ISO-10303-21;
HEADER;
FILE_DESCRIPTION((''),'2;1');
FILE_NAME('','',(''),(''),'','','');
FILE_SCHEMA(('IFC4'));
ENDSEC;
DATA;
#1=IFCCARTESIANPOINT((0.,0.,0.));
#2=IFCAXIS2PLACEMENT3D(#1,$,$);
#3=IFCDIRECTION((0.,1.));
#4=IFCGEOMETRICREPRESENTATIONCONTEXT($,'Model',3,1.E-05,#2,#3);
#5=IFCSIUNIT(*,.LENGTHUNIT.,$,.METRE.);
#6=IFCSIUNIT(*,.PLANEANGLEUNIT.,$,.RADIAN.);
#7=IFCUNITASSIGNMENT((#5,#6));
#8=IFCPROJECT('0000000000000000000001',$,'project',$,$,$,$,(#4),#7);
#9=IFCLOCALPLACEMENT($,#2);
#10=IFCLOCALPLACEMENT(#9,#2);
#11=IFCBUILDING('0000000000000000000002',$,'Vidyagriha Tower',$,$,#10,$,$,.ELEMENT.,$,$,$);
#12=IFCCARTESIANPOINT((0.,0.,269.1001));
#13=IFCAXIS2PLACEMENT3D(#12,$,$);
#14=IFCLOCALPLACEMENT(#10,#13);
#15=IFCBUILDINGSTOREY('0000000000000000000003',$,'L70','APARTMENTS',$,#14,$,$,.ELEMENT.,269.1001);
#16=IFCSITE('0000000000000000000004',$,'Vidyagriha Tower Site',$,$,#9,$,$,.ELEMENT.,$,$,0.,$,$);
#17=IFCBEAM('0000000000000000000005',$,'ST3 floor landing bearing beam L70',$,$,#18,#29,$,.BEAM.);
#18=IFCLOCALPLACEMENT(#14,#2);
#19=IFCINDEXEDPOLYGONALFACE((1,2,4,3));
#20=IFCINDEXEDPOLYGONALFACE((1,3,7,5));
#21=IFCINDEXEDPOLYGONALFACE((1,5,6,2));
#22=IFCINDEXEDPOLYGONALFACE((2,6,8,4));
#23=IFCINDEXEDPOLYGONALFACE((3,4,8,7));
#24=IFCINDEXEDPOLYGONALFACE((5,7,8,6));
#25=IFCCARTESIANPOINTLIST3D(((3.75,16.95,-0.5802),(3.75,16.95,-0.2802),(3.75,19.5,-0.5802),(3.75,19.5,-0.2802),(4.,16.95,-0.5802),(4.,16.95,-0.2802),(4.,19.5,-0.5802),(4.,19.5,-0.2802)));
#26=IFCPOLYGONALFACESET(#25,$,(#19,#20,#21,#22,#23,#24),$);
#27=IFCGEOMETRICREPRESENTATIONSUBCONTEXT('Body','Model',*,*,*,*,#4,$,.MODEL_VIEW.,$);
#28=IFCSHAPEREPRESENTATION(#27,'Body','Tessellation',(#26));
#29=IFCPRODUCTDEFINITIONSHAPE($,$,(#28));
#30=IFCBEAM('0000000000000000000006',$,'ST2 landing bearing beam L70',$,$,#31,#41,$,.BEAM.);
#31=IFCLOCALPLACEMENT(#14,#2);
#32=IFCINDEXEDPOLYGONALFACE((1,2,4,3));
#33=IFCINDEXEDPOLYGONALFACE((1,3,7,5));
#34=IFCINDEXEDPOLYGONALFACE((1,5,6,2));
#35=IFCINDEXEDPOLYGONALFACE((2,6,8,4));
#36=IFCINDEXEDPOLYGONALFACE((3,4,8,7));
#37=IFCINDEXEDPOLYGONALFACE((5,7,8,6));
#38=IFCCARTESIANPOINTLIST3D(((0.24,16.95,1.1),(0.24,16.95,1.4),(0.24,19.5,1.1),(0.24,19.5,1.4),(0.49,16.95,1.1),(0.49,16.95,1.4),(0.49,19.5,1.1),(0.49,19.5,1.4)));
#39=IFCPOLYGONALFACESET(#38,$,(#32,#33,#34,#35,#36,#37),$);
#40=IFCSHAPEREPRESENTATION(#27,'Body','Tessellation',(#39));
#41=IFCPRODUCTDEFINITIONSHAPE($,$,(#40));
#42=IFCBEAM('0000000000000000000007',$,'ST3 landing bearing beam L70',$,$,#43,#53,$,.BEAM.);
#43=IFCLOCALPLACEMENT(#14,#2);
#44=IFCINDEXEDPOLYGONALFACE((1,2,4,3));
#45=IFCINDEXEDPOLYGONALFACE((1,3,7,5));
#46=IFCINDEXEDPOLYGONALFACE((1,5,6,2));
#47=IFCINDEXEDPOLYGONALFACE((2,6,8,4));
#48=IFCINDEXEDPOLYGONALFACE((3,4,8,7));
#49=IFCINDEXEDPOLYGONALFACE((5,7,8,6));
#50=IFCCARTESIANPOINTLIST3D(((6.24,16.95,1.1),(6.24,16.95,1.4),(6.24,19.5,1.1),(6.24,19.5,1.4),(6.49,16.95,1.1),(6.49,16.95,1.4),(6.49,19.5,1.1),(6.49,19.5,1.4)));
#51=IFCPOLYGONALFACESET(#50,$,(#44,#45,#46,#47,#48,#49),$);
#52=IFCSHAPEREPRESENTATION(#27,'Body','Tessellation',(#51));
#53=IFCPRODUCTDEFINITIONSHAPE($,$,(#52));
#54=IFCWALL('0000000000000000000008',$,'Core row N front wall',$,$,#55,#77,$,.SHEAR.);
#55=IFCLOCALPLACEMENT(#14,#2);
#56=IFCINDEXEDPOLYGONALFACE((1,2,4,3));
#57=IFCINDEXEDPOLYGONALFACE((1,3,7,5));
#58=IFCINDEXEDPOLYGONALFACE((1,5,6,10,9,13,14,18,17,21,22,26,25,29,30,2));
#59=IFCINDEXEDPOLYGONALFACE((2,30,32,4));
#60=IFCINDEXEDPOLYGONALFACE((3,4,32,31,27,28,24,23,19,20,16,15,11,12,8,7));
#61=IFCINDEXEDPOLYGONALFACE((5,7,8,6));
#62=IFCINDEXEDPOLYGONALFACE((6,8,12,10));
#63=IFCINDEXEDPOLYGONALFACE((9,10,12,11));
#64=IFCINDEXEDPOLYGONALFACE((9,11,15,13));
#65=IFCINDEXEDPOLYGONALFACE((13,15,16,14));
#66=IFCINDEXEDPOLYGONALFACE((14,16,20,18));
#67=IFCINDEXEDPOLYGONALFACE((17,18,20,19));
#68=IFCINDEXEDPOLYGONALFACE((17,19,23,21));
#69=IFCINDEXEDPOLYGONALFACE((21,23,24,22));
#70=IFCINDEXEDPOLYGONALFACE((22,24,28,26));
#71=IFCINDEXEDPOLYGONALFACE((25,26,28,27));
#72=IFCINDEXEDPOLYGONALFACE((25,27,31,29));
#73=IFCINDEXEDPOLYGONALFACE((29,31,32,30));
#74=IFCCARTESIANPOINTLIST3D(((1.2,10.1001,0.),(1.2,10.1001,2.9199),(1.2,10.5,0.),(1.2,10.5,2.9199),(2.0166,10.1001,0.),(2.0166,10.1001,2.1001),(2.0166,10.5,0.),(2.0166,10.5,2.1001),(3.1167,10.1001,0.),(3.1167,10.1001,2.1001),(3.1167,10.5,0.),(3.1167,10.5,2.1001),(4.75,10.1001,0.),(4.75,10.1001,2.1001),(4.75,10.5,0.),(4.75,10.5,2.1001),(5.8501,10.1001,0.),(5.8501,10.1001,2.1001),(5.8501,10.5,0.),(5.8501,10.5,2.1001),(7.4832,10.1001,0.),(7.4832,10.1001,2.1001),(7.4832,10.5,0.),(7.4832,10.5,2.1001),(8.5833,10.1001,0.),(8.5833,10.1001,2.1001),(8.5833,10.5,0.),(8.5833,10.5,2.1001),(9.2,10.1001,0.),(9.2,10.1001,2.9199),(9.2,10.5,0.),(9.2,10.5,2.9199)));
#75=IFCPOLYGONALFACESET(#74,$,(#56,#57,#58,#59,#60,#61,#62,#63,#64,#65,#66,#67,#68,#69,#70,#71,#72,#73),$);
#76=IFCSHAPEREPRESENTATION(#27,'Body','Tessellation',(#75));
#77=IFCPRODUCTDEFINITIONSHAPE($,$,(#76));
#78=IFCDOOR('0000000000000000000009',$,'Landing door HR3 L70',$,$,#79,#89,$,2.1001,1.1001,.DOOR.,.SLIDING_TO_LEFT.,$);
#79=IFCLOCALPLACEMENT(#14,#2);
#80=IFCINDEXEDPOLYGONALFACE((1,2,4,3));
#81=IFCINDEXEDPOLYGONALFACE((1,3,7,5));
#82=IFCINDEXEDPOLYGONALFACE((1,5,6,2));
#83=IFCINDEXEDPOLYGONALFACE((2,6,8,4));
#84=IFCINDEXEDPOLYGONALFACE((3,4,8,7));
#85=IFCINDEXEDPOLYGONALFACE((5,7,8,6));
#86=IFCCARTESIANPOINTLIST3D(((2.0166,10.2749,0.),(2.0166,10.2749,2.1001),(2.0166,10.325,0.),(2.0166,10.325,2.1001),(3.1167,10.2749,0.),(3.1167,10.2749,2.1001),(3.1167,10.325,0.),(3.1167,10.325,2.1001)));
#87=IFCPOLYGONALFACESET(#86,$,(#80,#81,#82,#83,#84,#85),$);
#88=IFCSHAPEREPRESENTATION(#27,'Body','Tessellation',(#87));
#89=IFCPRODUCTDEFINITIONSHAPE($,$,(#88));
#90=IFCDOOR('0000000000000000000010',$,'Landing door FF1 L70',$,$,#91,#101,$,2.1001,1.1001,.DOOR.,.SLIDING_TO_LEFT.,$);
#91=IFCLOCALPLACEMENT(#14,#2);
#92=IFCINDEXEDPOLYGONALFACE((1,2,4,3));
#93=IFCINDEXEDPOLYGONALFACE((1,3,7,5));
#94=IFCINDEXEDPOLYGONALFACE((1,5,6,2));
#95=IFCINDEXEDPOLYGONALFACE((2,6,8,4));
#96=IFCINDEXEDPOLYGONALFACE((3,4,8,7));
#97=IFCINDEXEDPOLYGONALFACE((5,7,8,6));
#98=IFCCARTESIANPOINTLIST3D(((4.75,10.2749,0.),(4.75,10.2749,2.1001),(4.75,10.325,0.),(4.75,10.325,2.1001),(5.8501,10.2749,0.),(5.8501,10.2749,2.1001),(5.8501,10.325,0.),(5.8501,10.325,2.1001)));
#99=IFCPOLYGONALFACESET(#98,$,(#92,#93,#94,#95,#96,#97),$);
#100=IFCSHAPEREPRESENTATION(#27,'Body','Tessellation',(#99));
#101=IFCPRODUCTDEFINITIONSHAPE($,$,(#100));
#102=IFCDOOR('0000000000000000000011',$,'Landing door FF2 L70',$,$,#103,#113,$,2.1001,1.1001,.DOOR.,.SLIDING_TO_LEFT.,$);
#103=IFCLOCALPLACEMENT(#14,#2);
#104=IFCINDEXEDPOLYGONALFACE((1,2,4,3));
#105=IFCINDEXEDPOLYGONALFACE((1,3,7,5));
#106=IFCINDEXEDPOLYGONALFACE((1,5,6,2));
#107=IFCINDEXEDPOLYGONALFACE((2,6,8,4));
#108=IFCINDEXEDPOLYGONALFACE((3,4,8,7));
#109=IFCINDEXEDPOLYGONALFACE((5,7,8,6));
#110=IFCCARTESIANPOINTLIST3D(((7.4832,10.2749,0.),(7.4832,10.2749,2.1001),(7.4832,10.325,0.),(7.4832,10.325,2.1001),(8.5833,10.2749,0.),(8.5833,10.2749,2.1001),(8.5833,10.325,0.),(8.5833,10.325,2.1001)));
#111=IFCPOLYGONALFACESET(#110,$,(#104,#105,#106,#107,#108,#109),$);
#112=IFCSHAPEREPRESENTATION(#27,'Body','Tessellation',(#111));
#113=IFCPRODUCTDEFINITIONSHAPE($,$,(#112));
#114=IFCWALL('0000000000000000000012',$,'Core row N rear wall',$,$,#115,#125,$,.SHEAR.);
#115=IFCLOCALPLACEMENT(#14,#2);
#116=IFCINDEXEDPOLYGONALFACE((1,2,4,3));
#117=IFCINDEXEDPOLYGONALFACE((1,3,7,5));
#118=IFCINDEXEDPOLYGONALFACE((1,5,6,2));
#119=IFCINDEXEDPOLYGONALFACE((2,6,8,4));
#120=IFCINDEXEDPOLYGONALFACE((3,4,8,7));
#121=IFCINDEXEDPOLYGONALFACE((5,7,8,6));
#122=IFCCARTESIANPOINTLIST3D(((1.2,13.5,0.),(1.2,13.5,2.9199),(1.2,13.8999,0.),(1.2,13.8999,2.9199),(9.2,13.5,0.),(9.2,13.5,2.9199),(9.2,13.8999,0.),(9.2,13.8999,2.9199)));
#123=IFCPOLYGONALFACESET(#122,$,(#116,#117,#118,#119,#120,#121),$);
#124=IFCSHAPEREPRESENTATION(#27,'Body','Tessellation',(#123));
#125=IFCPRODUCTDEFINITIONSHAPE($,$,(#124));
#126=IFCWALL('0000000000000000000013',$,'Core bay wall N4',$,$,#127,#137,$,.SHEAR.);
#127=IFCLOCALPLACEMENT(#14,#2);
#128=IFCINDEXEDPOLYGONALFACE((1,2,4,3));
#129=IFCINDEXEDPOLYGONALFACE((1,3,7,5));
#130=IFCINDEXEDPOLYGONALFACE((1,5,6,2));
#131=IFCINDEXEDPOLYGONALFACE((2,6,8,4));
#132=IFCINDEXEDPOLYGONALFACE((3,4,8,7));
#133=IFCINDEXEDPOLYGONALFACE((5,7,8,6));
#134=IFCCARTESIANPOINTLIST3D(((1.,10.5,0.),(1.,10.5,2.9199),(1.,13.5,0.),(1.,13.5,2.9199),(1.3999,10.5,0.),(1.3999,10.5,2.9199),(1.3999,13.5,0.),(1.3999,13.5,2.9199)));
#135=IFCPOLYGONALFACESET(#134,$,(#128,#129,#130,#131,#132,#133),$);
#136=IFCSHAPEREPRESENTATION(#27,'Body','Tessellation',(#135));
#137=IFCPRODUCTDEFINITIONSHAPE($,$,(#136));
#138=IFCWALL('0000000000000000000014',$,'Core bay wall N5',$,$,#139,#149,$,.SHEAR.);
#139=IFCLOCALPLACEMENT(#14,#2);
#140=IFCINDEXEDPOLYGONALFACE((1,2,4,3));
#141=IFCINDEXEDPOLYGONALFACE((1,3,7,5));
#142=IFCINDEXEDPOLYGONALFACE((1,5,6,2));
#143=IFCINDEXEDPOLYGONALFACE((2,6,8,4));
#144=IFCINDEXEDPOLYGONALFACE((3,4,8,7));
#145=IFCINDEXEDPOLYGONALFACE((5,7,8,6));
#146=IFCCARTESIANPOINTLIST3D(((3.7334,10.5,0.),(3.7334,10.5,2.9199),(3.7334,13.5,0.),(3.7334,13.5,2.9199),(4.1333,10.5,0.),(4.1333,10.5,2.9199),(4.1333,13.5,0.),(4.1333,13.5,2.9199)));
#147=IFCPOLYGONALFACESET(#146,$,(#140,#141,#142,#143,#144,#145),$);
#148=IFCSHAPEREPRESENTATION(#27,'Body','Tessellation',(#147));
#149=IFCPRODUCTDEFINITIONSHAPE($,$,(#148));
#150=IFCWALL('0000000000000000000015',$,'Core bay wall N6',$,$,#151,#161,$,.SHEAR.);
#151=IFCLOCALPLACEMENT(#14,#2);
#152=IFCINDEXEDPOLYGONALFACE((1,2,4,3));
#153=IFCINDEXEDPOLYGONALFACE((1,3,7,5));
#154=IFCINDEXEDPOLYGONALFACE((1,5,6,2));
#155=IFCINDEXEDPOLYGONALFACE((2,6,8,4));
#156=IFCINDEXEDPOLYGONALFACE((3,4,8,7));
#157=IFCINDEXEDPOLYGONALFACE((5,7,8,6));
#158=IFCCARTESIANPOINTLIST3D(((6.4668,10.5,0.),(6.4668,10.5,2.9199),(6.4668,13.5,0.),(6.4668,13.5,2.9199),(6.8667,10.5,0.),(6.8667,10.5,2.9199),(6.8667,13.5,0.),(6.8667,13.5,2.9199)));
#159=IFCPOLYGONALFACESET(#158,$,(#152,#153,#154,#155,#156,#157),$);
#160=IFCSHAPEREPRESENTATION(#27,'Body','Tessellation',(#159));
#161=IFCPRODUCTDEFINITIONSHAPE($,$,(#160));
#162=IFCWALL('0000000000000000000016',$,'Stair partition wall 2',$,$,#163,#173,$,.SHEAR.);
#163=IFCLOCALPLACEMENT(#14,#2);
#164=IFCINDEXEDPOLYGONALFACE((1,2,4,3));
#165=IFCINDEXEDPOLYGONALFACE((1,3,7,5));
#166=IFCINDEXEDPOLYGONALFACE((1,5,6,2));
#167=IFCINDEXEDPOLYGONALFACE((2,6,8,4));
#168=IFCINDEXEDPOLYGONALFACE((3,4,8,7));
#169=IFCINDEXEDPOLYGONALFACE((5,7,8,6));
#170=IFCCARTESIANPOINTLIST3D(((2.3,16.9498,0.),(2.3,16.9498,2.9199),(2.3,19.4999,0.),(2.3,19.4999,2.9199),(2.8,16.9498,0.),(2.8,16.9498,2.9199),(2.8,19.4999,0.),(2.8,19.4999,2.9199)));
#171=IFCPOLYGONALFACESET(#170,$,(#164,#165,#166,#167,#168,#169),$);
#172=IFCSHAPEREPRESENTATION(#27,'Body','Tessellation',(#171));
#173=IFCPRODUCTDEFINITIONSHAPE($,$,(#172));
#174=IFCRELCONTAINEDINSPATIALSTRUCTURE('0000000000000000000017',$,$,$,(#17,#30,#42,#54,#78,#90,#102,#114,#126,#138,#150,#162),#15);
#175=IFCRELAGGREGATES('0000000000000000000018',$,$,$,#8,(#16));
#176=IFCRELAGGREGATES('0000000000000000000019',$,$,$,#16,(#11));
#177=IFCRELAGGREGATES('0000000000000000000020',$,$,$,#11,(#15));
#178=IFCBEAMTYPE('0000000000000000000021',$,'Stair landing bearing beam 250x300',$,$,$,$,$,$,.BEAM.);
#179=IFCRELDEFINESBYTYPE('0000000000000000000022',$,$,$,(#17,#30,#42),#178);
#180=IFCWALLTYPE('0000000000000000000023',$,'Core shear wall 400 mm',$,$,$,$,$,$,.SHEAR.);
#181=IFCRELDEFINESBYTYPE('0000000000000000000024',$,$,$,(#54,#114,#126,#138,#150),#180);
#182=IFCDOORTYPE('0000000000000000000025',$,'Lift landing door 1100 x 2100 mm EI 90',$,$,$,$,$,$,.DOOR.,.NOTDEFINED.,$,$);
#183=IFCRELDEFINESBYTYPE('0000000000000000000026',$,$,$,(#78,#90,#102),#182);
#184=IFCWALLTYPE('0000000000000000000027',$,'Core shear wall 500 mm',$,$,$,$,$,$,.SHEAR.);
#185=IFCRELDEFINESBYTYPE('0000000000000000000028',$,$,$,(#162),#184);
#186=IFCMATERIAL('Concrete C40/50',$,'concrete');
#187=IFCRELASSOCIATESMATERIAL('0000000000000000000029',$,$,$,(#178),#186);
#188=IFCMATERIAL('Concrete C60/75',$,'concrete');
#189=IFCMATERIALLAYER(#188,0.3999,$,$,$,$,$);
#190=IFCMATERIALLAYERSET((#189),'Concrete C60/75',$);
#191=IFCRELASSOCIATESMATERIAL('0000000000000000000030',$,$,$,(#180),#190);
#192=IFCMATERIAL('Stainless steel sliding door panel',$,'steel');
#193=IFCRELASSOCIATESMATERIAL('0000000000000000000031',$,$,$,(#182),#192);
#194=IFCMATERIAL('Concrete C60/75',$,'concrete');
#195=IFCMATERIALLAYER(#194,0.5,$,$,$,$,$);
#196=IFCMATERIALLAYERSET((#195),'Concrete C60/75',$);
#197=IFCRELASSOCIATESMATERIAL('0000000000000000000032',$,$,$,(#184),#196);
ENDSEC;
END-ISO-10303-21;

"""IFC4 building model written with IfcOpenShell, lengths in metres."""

from ifc_helpers import new_model, si_unit, direction, frame, frame_2d, origin, origin_2d, place, context, subcontext, project, spatial, rectangle, extrude, material, layer, layer_set, material_profile, profile_set, type_object, element, fill, save


model = new_model("IFC4")

# Units and contexts
model_context = context("Model", 3, precision=1e-05, world=origin(), true_north=direction((0.0, 1.0)))
body_context = subcontext(model_context, "Body", "Model", "MODEL_VIEW")
ifc_project = project(units=[si_unit("LENGTHUNIT", "METRE"), si_unit("PLANEANGLEUNIT", "RADIAN")], contexts=[model_context])

# Site, building, storey
site_placement = place(None, origin())
site = spatial("IfcSite", under=ifc_project, at=site_placement, Name="Vidyagriha Tower Site", CompositionType="ELEMENT", RefElevation=0.0)
building_placement = place(site_placement, origin())
building = spatial("IfcBuilding", under=site, at=building_placement, Name="Vidyagriha Tower", CompositionType="ELEMENT")
storey_placement = place(building_placement, frame((0.0, 0.0, 269.1001)))
storey = spatial("IfcBuildingStorey", under=building, at=storey_placement, Name="L70", Description="APARTMENTS", CompositionType="ELEMENT", Elevation=269.1001)

# Beams
ifc_material_1 = material(Name="Concrete C40/50", Category="concrete")
ifc_material_profile = material_profile(ifc_material_1, rectangle(XDim=0.25, YDim=0.3, at=origin_2d()), Name="Stair landing bearing beam 250x300")
ifc_profile_set = profile_set([ifc_material_profile], Name="Concrete C40/50")
beam_type = type_object("IfcBeamType", Name="Stair landing bearing beam 250x300", PredefinedType="BEAM", material=ifc_profile_set)
for number, where, z_axis, x_axis, name in (
    (1, (3.875, 16.95, -0.4302), (0.0, 1.0, 0.0), (-1.0, 0.0, 0.0), "ST3 floor landing bearing beam L70"),
    (2, (0.365, 16.95, 1.25), (0.0, 1.0, 0.0), (-1.0, 0.0, 0.0), "ST2 landing bearing beam L70"),
    (3, (6.365, 16.95, 1.25), (0.0, 1.0, 0.0), (-1.0, 0.0, 0.0), "ST3 landing bearing beam L70"),
):
    element("IfcBeam", number, at=place(storey_placement, frame(where, z_axis=z_axis, x_axis=x_axis)), inside=storey, type_object=beam_type, Name=name, PredefinedType="BEAM", context=body_context, shape_type="SweptSolid", body=[
        extrude(rectangle(XDim=0.25, YDim=0.3, at=origin_2d()), origin(), (0.0, 0.0, 1.0), 2.55),
    ])

# Wall, openings, doors
ifc_material_2 = material(Name="Concrete C60/75", Category="concrete")
ifc_layer_1 = layer(ifc_material_2, 0.3999)
ifc_layer_set_1 = layer_set([ifc_layer_1], Name="Concrete C60/75")
wall_type_1 = type_object("IfcWallType", Name="Core shear wall 400 mm", PredefinedType="SHEAR", material=ifc_layer_set_1)
wall_1_placement = place(storey_placement, frame((1.2, 10.3, 0.0)))
wall_1 = element("IfcWall", 4, at=wall_1_placement, inside=storey, type_object=wall_type_1, Name="Core row N front wall", PredefinedType="SHEAR", context=body_context, shape_type="SweptSolid", body=[
    extrude(rectangle(XDim=8.0, YDim=0.3999, at=frame_2d((4.0, 0.0))), origin(), (0.0, 0.0, 1.0), 2.9199),
])
opening_1_placement = place(wall_1_placement, frame((0.8167, 0.0, 0.0)))
opening_1 = element("IfcOpeningElement", 5, at=opening_1_placement, cuts=wall_1, PredefinedType="OPENING", context=body_context, shape_type="SweptSolid", body=[
    extrude(rectangle(XDim=1.1001, YDim=2.1001, at=frame_2d((0.55, 1.05))), frame((0.0, 0.21, 0.0), z_axis=(0.0, -1.0, 0.0), x_axis=(1.0, 0.0, 0.0)), (0.0, 0.0, 1.0), 0.4199),
])
opening_2_placement = place(wall_1_placement, frame((3.55, 0.0, 0.0)))
opening_2 = element("IfcOpeningElement", 6, at=opening_2_placement, cuts=wall_1, PredefinedType="OPENING", context=body_context, shape_type="SweptSolid", body=[
    extrude(rectangle(XDim=1.1001, YDim=2.1001, at=frame_2d((0.55, 1.05))), frame((0.0, 0.21, 0.0), z_axis=(0.0, -1.0, 0.0), x_axis=(1.0, 0.0, 0.0)), (0.0, 0.0, 1.0), 0.4199),
])
opening_3_placement = place(wall_1_placement, frame((6.2832, 0.0, 0.0)))
opening_3 = element("IfcOpeningElement", 7, at=opening_3_placement, cuts=wall_1, PredefinedType="OPENING", context=body_context, shape_type="SweptSolid", body=[
    extrude(rectangle(XDim=1.1001, YDim=2.1001, at=frame_2d((0.55, 1.05))), frame((0.0, 0.21, 0.0), z_axis=(0.0, -1.0, 0.0), x_axis=(1.0, 0.0, 0.0)), (0.0, 0.0, 1.0), 0.4199),
])
ifc_material_3 = material(Name="Stainless steel sliding door panel", Category="steel")
door_type_1 = type_object("IfcDoorType", Name="Lift landing door 1100 x 2100 mm EI 90", OperationType="NOTDEFINED", PredefinedType="DOOR", material=ifc_material_3)
door_1_placement = place(opening_1_placement, origin())
door_1 = element("IfcDoor", 8, at=door_1_placement, inside=storey, type_object=door_type_1, Name="Landing door HR3 L70", OperationType="SLIDING_TO_LEFT", OverallHeight=2.1001, OverallWidth=1.1001, PredefinedType="DOOR", context=body_context, shape_type="SweptSolid", body=[
    extrude(rectangle(XDim=1.1001, YDim=2.1001, at=frame_2d((0.55, 1.05))), frame((0.0, 0.0249, 0.0), z_axis=(0.0, -1.0, 0.0), x_axis=(1.0, 0.0, 0.0)), (0.0, 0.0, 1.0), 0.05),
])
fill(opening_1, door_1)
door_2_placement = place(opening_2_placement, origin())
door_2 = element("IfcDoor", 9, at=door_2_placement, inside=storey, type_object=door_type_1, Name="Landing door FF1 L70", OperationType="SLIDING_TO_LEFT", OverallHeight=2.1001, OverallWidth=1.1001, PredefinedType="DOOR", context=body_context, shape_type="SweptSolid", body=[
    extrude(rectangle(XDim=1.1001, YDim=2.1001, at=frame_2d((0.55, 1.05))), frame((0.0, 0.0249, 0.0), z_axis=(0.0, -1.0, 0.0), x_axis=(1.0, 0.0, 0.0)), (0.0, 0.0, 1.0), 0.05),
])
fill(opening_2, door_2)
door_3_placement = place(opening_3_placement, origin())
door_3 = element("IfcDoor", 10, at=door_3_placement, inside=storey, type_object=door_type_1, Name="Landing door FF2 L70", OperationType="SLIDING_TO_LEFT", OverallHeight=2.1001, OverallWidth=1.1001, PredefinedType="DOOR", context=body_context, shape_type="SweptSolid", body=[
    extrude(rectangle(XDim=1.1001, YDim=2.1001, at=frame_2d((0.55, 1.05))), frame((0.0, 0.0249, 0.0), z_axis=(0.0, -1.0, 0.0), x_axis=(1.0, 0.0, 0.0)), (0.0, 0.0, 1.0), 0.05),
])
fill(opening_3, door_3)

# Walls
wall_2_placement = place(storey_placement, frame((1.2, 13.7, 0.0)))
element("IfcWall", 11, at=wall_2_placement, inside=storey, type_object=wall_type_1, Name="Core row N rear wall", PredefinedType="SHEAR", context=body_context, shape_type="SweptSolid", body=[
    extrude(rectangle(XDim=8.0, YDim=0.3999, at=frame_2d((4.0, 0.0))), origin(), (0.0, 0.0, 1.0), 2.9199),
])
for number, where, z_axis, x_axis, name in (
    (12, (1.2, 10.5, 0.0), (0.0, 0.0, 1.0), (0.0, 1.0, 0.0), "Core bay wall N4"),
    (13, (3.9333, 10.5, 0.0), (0.0, 0.0, 1.0), (0.0, 1.0, 0.0), "Core bay wall N5"),
    (14, (6.6667, 10.5, 0.0), (0.0, 0.0, 1.0), (0.0, 1.0, 0.0), "Core bay wall N6"),
):
    element("IfcWall", number, at=place(storey_placement, frame(where, z_axis=z_axis, x_axis=x_axis)), inside=storey, type_object=wall_type_1, Name=name, PredefinedType="SHEAR", context=body_context, shape_type="SweptSolid", body=[
        extrude(rectangle(XDim=3.0, YDim=0.3999, at=frame_2d((1.5, 0.0))), origin(), (0.0, 0.0, 1.0), 2.9199),
    ])
ifc_material_4 = material(Name="Concrete C60/75", Category="concrete")
ifc_layer_2 = layer(ifc_material_4, 0.5)
ifc_layer_set_2 = layer_set([ifc_layer_2], Name="Concrete C60/75")
wall_type_2 = type_object("IfcWallType", Name="Core shear wall 500 mm", PredefinedType="SHEAR", material=ifc_layer_set_2)
wall_3_placement = place(storey_placement, frame((2.55, 16.95, 0.0), z_axis=(0.0, 0.0, 1.0), x_axis=(0.0, 1.0, 0.0)))
element("IfcWall", 15, at=wall_3_placement, inside=storey, type_object=wall_type_2, Name="Stair partition wall 2", PredefinedType="SHEAR", context=body_context, shape_type="SweptSolid", body=[
    extrude(rectangle(XDim=2.55, YDim=0.5, at=frame_2d((1.2749, 0.0))), origin(), (0.0, 0.0, 1.0), 2.9199),
])

save(model, "model.ifc")
